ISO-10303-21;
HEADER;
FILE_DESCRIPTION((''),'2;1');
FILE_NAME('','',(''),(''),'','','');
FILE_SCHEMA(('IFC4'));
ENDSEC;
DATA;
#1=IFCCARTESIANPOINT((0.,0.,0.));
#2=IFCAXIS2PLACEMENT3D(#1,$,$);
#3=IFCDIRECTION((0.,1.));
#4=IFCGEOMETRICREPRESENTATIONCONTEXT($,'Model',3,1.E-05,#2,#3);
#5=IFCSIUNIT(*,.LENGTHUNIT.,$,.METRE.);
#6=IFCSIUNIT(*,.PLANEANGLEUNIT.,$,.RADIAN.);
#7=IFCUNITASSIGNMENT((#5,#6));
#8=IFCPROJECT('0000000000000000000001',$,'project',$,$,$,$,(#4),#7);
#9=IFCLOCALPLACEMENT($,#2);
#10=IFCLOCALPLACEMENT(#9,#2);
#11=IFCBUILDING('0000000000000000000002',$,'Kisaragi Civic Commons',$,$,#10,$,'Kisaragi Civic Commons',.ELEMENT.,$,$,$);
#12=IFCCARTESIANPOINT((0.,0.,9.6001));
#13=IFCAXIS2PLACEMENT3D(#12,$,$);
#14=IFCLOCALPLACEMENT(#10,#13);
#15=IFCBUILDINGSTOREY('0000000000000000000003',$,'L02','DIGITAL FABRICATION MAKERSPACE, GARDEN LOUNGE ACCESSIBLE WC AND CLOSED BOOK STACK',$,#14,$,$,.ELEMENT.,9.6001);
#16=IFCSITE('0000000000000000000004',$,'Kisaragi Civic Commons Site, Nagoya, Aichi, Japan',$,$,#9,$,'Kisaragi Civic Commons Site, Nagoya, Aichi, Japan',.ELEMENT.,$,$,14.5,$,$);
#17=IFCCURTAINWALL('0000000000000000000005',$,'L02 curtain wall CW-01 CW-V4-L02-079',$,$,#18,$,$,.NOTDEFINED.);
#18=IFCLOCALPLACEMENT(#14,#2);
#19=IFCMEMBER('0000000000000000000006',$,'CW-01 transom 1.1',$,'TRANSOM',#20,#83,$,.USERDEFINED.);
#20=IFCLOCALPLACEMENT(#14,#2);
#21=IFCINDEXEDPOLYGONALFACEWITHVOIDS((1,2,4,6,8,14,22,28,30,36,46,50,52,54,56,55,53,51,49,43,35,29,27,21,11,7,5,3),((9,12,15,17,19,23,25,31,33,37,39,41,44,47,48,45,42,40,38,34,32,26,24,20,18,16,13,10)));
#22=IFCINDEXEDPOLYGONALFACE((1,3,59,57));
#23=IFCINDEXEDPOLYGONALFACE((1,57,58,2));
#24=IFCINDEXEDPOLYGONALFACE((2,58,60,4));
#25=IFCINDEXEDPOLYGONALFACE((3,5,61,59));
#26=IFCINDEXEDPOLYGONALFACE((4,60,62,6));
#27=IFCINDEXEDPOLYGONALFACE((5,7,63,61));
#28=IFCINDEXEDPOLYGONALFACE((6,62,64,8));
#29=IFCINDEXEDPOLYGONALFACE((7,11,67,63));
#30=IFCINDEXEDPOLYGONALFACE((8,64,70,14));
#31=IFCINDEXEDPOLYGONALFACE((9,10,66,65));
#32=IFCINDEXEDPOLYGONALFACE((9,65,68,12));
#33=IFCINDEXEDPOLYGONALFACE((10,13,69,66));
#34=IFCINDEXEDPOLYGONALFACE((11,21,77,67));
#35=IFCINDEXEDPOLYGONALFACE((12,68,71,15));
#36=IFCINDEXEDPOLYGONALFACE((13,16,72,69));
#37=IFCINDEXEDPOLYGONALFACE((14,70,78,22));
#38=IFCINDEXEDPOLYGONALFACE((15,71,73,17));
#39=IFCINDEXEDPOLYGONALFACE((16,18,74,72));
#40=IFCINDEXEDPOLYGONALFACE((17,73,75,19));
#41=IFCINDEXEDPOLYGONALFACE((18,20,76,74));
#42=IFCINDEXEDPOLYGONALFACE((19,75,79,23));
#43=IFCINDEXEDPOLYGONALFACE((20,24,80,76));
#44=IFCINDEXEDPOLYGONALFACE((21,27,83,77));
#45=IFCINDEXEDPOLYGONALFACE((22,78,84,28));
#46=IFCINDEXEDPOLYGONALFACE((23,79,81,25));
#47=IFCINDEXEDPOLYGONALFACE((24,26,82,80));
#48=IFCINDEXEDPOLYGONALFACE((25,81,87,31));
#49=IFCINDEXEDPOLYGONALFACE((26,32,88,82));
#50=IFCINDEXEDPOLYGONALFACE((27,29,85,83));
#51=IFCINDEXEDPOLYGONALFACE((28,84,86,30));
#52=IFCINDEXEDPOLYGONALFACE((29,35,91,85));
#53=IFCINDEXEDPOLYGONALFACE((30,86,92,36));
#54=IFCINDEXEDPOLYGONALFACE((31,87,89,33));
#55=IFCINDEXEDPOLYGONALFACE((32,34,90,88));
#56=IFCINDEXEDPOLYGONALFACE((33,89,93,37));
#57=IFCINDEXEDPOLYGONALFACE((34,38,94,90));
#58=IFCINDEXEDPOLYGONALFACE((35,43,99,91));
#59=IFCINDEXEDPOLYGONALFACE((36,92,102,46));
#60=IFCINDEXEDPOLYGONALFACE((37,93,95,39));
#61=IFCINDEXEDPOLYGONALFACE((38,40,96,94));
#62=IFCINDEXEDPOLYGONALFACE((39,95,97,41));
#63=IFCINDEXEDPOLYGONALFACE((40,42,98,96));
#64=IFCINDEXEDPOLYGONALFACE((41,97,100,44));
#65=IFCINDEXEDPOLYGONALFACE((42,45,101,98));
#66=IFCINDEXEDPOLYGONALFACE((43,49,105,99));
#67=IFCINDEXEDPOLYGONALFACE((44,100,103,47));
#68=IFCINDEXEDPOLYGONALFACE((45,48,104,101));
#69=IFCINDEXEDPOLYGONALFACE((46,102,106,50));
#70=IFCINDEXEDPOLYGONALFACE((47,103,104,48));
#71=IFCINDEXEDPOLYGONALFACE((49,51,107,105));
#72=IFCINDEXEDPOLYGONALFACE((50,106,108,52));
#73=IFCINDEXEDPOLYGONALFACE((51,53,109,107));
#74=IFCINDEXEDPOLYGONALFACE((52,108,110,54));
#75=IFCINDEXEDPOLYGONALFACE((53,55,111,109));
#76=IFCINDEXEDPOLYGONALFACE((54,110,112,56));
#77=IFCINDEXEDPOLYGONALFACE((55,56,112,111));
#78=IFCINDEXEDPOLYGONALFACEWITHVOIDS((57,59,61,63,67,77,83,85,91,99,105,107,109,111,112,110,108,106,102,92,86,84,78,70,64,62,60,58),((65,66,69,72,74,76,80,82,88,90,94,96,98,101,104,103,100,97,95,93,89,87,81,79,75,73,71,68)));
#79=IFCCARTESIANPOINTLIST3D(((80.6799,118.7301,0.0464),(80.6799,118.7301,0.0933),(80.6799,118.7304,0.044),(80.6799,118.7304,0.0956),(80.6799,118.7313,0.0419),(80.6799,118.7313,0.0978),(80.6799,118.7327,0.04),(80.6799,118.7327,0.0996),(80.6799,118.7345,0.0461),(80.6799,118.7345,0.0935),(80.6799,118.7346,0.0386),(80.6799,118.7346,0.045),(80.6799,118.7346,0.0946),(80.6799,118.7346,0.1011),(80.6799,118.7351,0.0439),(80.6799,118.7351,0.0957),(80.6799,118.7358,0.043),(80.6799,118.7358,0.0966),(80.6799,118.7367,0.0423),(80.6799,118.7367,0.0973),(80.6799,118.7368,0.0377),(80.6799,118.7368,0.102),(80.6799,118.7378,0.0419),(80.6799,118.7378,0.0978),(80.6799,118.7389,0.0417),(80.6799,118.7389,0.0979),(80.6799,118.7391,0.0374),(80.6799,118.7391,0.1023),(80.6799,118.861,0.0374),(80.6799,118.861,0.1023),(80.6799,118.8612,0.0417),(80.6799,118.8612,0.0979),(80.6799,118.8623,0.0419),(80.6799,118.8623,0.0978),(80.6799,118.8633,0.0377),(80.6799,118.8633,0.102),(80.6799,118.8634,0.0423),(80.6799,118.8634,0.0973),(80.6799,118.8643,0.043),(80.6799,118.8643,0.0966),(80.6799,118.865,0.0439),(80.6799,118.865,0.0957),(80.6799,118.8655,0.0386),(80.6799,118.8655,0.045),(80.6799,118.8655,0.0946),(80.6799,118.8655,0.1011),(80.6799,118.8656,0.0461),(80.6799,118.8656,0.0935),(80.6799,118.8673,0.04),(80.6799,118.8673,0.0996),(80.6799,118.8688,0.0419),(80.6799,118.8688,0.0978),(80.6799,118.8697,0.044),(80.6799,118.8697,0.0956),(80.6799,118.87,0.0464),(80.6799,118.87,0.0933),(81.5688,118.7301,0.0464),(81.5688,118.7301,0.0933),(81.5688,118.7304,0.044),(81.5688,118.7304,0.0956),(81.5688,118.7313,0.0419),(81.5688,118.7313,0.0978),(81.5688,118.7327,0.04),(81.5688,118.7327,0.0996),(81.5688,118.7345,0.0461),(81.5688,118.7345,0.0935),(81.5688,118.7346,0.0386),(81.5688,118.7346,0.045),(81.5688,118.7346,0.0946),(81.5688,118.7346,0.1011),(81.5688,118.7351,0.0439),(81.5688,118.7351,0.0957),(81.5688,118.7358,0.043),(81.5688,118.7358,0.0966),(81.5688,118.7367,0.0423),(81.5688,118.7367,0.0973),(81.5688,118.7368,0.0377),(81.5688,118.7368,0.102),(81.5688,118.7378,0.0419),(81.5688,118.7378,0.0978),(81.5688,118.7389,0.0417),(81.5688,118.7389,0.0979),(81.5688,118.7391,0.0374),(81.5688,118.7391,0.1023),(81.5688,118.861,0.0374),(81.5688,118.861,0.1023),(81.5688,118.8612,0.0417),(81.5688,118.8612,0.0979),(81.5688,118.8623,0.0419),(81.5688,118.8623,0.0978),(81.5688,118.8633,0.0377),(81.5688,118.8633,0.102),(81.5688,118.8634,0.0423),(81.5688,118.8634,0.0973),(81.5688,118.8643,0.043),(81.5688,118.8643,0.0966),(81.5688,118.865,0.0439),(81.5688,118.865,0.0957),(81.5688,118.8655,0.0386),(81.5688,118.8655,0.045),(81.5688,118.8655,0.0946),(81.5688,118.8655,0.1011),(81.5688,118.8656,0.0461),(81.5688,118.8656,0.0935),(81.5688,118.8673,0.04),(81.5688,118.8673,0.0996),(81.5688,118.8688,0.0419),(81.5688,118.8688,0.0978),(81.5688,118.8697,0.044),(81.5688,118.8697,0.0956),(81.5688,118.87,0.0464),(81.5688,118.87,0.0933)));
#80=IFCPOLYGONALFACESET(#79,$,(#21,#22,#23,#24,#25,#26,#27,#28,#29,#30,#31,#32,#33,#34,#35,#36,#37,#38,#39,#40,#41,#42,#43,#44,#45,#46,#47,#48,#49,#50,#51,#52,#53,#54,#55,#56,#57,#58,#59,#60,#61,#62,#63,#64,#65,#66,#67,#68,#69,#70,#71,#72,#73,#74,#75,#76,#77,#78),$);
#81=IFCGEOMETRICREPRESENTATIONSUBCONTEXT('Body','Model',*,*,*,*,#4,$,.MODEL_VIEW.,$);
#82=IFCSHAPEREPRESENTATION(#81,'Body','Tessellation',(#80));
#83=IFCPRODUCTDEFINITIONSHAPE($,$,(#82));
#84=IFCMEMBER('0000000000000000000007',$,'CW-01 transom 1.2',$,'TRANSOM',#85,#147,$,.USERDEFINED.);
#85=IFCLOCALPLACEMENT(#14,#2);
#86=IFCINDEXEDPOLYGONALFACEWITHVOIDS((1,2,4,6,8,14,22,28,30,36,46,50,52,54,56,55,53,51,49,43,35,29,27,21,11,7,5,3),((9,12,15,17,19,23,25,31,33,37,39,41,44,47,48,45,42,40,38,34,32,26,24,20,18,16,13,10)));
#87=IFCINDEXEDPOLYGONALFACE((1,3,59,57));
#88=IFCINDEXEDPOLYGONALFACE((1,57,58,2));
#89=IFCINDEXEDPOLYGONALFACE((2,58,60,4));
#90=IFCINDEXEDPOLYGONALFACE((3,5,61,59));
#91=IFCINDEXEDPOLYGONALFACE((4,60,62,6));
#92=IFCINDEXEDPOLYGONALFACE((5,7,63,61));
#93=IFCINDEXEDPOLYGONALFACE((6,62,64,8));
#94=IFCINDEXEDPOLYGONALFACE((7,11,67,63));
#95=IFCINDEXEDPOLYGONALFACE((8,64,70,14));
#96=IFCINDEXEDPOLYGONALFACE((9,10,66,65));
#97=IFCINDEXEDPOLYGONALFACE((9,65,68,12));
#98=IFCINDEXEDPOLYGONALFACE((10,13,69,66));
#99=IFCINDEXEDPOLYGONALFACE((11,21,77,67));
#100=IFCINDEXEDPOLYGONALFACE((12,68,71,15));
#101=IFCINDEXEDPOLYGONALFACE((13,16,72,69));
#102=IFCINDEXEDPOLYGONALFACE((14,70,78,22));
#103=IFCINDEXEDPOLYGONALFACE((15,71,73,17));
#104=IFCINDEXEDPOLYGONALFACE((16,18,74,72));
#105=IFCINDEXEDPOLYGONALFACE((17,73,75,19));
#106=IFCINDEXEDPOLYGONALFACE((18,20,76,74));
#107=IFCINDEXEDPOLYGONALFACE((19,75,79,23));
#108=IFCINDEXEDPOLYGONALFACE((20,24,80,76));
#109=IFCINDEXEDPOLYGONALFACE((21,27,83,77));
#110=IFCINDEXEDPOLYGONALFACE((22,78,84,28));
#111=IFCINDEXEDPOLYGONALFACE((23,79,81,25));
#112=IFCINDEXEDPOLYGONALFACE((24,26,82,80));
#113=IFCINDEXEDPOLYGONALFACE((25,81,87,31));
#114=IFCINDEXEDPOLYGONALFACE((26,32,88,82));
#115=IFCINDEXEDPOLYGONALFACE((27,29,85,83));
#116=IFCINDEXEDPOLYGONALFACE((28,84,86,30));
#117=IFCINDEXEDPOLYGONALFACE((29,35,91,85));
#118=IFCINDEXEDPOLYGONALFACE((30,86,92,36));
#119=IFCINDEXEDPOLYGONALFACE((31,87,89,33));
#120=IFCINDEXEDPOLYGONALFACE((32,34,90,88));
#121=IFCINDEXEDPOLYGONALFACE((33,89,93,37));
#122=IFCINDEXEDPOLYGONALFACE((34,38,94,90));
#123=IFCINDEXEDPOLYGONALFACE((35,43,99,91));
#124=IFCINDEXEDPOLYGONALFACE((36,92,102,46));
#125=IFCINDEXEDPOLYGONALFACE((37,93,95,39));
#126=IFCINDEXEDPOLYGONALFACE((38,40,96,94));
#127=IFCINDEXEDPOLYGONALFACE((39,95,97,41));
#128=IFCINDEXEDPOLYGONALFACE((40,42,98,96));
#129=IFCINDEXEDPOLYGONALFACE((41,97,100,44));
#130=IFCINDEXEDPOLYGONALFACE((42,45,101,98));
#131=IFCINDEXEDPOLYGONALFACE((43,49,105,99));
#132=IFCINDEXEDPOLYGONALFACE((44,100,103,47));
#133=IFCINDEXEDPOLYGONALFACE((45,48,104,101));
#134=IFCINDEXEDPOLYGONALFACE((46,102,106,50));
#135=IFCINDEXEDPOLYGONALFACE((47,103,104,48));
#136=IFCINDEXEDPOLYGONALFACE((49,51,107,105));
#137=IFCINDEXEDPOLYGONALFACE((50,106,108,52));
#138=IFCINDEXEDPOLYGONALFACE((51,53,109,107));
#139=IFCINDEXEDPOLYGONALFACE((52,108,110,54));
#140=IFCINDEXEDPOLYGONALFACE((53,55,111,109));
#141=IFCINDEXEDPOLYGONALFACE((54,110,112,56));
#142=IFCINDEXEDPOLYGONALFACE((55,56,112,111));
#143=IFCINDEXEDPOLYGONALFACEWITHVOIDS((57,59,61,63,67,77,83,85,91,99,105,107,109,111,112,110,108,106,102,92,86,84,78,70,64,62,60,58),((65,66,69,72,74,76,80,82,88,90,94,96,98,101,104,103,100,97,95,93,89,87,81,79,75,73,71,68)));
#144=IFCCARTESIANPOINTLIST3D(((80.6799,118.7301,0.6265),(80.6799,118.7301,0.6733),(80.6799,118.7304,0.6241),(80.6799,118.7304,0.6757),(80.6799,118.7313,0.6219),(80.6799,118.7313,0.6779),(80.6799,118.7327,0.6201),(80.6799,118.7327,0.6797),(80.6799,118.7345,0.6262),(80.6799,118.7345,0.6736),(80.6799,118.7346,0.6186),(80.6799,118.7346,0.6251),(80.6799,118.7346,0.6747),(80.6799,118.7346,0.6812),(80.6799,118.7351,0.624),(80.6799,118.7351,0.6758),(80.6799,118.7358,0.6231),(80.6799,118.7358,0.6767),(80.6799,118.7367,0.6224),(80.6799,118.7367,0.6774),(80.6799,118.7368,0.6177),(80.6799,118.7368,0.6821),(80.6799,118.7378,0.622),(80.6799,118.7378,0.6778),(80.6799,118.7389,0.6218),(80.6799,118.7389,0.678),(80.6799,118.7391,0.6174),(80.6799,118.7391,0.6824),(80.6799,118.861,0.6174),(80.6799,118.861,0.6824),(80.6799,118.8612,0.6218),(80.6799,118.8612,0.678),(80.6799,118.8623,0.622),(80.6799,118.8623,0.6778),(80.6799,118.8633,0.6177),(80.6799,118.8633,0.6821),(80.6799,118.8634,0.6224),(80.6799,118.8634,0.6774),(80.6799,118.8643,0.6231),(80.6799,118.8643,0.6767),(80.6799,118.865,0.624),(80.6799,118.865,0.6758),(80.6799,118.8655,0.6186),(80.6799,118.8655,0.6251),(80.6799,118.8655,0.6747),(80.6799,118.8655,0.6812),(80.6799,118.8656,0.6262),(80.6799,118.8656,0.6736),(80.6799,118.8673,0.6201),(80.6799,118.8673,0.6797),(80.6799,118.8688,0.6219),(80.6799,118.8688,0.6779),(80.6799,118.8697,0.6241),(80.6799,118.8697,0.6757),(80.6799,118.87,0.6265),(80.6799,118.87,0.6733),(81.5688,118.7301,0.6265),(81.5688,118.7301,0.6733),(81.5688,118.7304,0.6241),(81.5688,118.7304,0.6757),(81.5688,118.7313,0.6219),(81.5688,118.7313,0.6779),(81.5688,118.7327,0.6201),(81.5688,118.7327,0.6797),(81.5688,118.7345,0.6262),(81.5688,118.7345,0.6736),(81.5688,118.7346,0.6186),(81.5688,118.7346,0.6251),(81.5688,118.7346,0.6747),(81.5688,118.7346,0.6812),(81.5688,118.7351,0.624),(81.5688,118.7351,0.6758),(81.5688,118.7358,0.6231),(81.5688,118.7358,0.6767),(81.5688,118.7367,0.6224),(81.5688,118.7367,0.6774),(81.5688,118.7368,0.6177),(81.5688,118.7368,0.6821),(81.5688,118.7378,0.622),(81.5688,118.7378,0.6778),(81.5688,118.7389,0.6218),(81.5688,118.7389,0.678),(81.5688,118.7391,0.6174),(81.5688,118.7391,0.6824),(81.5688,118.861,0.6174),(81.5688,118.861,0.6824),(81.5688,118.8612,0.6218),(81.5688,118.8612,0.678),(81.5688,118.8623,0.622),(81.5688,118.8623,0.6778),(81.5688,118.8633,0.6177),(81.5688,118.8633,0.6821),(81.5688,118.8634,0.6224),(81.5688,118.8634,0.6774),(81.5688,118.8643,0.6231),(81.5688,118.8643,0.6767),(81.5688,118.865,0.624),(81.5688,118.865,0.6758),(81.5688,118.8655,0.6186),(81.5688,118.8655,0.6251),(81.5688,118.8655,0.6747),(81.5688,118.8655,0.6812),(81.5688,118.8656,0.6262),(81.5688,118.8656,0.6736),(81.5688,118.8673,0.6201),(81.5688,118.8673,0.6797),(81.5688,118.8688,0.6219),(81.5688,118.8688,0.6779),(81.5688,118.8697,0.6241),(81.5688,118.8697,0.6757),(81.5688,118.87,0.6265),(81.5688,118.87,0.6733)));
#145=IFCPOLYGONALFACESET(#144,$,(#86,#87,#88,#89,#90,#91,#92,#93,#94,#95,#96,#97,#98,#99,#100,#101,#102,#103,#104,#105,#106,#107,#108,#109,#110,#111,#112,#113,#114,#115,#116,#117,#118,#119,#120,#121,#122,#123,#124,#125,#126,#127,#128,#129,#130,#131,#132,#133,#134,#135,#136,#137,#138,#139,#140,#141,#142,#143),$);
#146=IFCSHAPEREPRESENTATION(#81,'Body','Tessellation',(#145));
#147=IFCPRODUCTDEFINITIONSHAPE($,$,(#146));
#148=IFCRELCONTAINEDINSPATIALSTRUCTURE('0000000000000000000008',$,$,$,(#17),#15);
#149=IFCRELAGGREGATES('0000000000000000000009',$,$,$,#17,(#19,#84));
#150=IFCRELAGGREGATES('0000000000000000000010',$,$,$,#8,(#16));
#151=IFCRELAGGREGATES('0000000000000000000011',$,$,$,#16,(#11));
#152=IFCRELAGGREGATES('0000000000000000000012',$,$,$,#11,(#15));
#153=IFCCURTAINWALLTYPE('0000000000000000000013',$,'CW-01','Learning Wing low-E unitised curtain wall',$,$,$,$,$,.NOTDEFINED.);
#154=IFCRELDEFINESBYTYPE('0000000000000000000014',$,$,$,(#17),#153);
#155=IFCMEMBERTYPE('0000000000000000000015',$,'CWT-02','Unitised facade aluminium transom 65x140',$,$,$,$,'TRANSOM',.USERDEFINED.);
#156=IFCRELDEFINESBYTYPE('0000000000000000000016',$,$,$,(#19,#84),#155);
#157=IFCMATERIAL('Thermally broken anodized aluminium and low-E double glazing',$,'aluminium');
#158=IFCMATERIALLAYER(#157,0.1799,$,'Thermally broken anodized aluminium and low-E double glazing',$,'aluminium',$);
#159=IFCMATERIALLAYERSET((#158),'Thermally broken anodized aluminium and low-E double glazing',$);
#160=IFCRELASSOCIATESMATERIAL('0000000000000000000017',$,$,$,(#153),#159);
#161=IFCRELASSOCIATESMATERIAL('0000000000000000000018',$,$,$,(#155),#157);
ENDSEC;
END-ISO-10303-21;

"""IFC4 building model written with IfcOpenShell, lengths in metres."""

from ifc_helpers import new_model, si_unit, direction, frame, origin, origin_2d, place, context, subcontext, project, spatial, hollow_rectangle, extrude, material, layer, layer_set, material_profile, profile_set, type_object, element, aggregate, save


model = new_model("IFC4")

# Units and contexts
model_context = context("Model", 3, precision=1e-05, world=origin(), true_north=direction((0.0, 1.0)))
body_context = subcontext(model_context, "Body", "Model", "MODEL_VIEW")
ifc_project = project(units=[si_unit("LENGTHUNIT", "METRE"), si_unit("PLANEANGLEUNIT", "RADIAN")], contexts=[model_context])

# Site, building, storey
site_placement = place(None, origin())
site = spatial("IfcSite", under=ifc_project, at=site_placement, Name="Kisaragi Civic Commons Site, Nagoya, Aichi, Japan", LongName="Kisaragi Civic Commons Site, Nagoya, Aichi, Japan", CompositionType="ELEMENT", RefElevation=14.5)
building_placement = place(site_placement, origin())
building = spatial("IfcBuilding", under=site, at=building_placement, Name="Kisaragi Civic Commons", LongName="Kisaragi Civic Commons", CompositionType="ELEMENT")
storey_placement = place(building_placement, frame((0.0, 0.0, 9.6001)))
storey = spatial("IfcBuildingStorey", under=building, at=storey_placement, Name="L02", Description="DIGITAL FABRICATION MAKERSPACE, GARDEN LOUNGE ACCESSIBLE WC AND CLOSED BOOK STACK", CompositionType="ELEMENT", Elevation=9.6001)

# Curtain wall, members
ifc_material_1 = material(Name="Thermally broken anodized aluminium and low-E double glazing", Category="aluminium")
ifc_layer_1 = layer(ifc_material_1, 0.1799, Name="Thermally broken anodized aluminium and low-E double glazing", Category="aluminium")
ifc_layer_set_1 = layer_set([ifc_layer_1], Name="Thermally broken anodized aluminium and low-E double glazing")
curtain_wall_type = type_object("IfcCurtainWallType", Name="CW-01", Description="Learning Wing low-E unitised curtain wall", PredefinedType="NOTDEFINED", material=ifc_layer_set_1)
curtain_wall_placement = place(storey_placement, origin())
curtain_wall = element("IfcCurtainWall", 1, at=curtain_wall_placement, inside=storey, type_object=curtain_wall_type, Name="L02 curtain wall CW-01 CW-V4-L02-079", PredefinedType="NOTDEFINED")
ifc_material_profile_1 = material_profile(ifc_material_1, hollow_rectangle(XDim=0.1399, YDim=0.0649, WallThickness=0.0044, InnerFilletRadius=0.0044, OuterFilletRadius=0.009, at=origin_2d()), Name="CWT-65x140x4.5", Category="aluminium")
ifc_profile_set_1 = profile_set([ifc_material_profile_1], Name="Thermally broken anodized aluminium and low-E double glazing")
member_type_1 = type_object("IfcMemberType", Name="CWT-02", Description="Unitised facade aluminium transom 65x140", ElementType="TRANSOM", PredefinedType="USERDEFINED", material=ifc_profile_set_1)
member_1_placement = place(storey_placement, frame((80.6799, 118.8, 0.0698), z_axis=(1.0, 0.0, 0.0), x_axis=(0.0, 1.0, 0.0)))
member_1 = element("IfcMember", 2, at=member_1_placement, type_object=member_type_1, Name="CW-01 transom 1.1", ObjectType="TRANSOM", PredefinedType="USERDEFINED", context=body_context, shape_type="SweptSolid", body=[
    extrude(hollow_rectangle(XDim=0.1399, YDim=0.0649, WallThickness=0.0044, InnerFilletRadius=0.0044, OuterFilletRadius=0.009, at=origin_2d()), origin(), (0.0, 0.0, 1.0), 0.8889),
])
member_2_placement = place(storey_placement, frame((80.6799, 118.8, 0.6499), z_axis=(1.0, 0.0, 0.0), x_axis=(0.0, 1.0, 0.0)))
member_2 = element("IfcMember", 3, at=member_2_placement, type_object=member_type_1, Name="CW-01 transom 1.2", ObjectType="TRANSOM", PredefinedType="USERDEFINED", context=body_context, shape_type="SweptSolid", body=[
    extrude(hollow_rectangle(XDim=0.1399, YDim=0.0649, WallThickness=0.0044, InnerFilletRadius=0.0044, OuterFilletRadius=0.009, at=origin_2d()), origin(), (0.0, 0.0, 1.0), 0.8889),
])
aggregate(curtain_wall, [member_1, member_2])

save(model, "model.ifc")
